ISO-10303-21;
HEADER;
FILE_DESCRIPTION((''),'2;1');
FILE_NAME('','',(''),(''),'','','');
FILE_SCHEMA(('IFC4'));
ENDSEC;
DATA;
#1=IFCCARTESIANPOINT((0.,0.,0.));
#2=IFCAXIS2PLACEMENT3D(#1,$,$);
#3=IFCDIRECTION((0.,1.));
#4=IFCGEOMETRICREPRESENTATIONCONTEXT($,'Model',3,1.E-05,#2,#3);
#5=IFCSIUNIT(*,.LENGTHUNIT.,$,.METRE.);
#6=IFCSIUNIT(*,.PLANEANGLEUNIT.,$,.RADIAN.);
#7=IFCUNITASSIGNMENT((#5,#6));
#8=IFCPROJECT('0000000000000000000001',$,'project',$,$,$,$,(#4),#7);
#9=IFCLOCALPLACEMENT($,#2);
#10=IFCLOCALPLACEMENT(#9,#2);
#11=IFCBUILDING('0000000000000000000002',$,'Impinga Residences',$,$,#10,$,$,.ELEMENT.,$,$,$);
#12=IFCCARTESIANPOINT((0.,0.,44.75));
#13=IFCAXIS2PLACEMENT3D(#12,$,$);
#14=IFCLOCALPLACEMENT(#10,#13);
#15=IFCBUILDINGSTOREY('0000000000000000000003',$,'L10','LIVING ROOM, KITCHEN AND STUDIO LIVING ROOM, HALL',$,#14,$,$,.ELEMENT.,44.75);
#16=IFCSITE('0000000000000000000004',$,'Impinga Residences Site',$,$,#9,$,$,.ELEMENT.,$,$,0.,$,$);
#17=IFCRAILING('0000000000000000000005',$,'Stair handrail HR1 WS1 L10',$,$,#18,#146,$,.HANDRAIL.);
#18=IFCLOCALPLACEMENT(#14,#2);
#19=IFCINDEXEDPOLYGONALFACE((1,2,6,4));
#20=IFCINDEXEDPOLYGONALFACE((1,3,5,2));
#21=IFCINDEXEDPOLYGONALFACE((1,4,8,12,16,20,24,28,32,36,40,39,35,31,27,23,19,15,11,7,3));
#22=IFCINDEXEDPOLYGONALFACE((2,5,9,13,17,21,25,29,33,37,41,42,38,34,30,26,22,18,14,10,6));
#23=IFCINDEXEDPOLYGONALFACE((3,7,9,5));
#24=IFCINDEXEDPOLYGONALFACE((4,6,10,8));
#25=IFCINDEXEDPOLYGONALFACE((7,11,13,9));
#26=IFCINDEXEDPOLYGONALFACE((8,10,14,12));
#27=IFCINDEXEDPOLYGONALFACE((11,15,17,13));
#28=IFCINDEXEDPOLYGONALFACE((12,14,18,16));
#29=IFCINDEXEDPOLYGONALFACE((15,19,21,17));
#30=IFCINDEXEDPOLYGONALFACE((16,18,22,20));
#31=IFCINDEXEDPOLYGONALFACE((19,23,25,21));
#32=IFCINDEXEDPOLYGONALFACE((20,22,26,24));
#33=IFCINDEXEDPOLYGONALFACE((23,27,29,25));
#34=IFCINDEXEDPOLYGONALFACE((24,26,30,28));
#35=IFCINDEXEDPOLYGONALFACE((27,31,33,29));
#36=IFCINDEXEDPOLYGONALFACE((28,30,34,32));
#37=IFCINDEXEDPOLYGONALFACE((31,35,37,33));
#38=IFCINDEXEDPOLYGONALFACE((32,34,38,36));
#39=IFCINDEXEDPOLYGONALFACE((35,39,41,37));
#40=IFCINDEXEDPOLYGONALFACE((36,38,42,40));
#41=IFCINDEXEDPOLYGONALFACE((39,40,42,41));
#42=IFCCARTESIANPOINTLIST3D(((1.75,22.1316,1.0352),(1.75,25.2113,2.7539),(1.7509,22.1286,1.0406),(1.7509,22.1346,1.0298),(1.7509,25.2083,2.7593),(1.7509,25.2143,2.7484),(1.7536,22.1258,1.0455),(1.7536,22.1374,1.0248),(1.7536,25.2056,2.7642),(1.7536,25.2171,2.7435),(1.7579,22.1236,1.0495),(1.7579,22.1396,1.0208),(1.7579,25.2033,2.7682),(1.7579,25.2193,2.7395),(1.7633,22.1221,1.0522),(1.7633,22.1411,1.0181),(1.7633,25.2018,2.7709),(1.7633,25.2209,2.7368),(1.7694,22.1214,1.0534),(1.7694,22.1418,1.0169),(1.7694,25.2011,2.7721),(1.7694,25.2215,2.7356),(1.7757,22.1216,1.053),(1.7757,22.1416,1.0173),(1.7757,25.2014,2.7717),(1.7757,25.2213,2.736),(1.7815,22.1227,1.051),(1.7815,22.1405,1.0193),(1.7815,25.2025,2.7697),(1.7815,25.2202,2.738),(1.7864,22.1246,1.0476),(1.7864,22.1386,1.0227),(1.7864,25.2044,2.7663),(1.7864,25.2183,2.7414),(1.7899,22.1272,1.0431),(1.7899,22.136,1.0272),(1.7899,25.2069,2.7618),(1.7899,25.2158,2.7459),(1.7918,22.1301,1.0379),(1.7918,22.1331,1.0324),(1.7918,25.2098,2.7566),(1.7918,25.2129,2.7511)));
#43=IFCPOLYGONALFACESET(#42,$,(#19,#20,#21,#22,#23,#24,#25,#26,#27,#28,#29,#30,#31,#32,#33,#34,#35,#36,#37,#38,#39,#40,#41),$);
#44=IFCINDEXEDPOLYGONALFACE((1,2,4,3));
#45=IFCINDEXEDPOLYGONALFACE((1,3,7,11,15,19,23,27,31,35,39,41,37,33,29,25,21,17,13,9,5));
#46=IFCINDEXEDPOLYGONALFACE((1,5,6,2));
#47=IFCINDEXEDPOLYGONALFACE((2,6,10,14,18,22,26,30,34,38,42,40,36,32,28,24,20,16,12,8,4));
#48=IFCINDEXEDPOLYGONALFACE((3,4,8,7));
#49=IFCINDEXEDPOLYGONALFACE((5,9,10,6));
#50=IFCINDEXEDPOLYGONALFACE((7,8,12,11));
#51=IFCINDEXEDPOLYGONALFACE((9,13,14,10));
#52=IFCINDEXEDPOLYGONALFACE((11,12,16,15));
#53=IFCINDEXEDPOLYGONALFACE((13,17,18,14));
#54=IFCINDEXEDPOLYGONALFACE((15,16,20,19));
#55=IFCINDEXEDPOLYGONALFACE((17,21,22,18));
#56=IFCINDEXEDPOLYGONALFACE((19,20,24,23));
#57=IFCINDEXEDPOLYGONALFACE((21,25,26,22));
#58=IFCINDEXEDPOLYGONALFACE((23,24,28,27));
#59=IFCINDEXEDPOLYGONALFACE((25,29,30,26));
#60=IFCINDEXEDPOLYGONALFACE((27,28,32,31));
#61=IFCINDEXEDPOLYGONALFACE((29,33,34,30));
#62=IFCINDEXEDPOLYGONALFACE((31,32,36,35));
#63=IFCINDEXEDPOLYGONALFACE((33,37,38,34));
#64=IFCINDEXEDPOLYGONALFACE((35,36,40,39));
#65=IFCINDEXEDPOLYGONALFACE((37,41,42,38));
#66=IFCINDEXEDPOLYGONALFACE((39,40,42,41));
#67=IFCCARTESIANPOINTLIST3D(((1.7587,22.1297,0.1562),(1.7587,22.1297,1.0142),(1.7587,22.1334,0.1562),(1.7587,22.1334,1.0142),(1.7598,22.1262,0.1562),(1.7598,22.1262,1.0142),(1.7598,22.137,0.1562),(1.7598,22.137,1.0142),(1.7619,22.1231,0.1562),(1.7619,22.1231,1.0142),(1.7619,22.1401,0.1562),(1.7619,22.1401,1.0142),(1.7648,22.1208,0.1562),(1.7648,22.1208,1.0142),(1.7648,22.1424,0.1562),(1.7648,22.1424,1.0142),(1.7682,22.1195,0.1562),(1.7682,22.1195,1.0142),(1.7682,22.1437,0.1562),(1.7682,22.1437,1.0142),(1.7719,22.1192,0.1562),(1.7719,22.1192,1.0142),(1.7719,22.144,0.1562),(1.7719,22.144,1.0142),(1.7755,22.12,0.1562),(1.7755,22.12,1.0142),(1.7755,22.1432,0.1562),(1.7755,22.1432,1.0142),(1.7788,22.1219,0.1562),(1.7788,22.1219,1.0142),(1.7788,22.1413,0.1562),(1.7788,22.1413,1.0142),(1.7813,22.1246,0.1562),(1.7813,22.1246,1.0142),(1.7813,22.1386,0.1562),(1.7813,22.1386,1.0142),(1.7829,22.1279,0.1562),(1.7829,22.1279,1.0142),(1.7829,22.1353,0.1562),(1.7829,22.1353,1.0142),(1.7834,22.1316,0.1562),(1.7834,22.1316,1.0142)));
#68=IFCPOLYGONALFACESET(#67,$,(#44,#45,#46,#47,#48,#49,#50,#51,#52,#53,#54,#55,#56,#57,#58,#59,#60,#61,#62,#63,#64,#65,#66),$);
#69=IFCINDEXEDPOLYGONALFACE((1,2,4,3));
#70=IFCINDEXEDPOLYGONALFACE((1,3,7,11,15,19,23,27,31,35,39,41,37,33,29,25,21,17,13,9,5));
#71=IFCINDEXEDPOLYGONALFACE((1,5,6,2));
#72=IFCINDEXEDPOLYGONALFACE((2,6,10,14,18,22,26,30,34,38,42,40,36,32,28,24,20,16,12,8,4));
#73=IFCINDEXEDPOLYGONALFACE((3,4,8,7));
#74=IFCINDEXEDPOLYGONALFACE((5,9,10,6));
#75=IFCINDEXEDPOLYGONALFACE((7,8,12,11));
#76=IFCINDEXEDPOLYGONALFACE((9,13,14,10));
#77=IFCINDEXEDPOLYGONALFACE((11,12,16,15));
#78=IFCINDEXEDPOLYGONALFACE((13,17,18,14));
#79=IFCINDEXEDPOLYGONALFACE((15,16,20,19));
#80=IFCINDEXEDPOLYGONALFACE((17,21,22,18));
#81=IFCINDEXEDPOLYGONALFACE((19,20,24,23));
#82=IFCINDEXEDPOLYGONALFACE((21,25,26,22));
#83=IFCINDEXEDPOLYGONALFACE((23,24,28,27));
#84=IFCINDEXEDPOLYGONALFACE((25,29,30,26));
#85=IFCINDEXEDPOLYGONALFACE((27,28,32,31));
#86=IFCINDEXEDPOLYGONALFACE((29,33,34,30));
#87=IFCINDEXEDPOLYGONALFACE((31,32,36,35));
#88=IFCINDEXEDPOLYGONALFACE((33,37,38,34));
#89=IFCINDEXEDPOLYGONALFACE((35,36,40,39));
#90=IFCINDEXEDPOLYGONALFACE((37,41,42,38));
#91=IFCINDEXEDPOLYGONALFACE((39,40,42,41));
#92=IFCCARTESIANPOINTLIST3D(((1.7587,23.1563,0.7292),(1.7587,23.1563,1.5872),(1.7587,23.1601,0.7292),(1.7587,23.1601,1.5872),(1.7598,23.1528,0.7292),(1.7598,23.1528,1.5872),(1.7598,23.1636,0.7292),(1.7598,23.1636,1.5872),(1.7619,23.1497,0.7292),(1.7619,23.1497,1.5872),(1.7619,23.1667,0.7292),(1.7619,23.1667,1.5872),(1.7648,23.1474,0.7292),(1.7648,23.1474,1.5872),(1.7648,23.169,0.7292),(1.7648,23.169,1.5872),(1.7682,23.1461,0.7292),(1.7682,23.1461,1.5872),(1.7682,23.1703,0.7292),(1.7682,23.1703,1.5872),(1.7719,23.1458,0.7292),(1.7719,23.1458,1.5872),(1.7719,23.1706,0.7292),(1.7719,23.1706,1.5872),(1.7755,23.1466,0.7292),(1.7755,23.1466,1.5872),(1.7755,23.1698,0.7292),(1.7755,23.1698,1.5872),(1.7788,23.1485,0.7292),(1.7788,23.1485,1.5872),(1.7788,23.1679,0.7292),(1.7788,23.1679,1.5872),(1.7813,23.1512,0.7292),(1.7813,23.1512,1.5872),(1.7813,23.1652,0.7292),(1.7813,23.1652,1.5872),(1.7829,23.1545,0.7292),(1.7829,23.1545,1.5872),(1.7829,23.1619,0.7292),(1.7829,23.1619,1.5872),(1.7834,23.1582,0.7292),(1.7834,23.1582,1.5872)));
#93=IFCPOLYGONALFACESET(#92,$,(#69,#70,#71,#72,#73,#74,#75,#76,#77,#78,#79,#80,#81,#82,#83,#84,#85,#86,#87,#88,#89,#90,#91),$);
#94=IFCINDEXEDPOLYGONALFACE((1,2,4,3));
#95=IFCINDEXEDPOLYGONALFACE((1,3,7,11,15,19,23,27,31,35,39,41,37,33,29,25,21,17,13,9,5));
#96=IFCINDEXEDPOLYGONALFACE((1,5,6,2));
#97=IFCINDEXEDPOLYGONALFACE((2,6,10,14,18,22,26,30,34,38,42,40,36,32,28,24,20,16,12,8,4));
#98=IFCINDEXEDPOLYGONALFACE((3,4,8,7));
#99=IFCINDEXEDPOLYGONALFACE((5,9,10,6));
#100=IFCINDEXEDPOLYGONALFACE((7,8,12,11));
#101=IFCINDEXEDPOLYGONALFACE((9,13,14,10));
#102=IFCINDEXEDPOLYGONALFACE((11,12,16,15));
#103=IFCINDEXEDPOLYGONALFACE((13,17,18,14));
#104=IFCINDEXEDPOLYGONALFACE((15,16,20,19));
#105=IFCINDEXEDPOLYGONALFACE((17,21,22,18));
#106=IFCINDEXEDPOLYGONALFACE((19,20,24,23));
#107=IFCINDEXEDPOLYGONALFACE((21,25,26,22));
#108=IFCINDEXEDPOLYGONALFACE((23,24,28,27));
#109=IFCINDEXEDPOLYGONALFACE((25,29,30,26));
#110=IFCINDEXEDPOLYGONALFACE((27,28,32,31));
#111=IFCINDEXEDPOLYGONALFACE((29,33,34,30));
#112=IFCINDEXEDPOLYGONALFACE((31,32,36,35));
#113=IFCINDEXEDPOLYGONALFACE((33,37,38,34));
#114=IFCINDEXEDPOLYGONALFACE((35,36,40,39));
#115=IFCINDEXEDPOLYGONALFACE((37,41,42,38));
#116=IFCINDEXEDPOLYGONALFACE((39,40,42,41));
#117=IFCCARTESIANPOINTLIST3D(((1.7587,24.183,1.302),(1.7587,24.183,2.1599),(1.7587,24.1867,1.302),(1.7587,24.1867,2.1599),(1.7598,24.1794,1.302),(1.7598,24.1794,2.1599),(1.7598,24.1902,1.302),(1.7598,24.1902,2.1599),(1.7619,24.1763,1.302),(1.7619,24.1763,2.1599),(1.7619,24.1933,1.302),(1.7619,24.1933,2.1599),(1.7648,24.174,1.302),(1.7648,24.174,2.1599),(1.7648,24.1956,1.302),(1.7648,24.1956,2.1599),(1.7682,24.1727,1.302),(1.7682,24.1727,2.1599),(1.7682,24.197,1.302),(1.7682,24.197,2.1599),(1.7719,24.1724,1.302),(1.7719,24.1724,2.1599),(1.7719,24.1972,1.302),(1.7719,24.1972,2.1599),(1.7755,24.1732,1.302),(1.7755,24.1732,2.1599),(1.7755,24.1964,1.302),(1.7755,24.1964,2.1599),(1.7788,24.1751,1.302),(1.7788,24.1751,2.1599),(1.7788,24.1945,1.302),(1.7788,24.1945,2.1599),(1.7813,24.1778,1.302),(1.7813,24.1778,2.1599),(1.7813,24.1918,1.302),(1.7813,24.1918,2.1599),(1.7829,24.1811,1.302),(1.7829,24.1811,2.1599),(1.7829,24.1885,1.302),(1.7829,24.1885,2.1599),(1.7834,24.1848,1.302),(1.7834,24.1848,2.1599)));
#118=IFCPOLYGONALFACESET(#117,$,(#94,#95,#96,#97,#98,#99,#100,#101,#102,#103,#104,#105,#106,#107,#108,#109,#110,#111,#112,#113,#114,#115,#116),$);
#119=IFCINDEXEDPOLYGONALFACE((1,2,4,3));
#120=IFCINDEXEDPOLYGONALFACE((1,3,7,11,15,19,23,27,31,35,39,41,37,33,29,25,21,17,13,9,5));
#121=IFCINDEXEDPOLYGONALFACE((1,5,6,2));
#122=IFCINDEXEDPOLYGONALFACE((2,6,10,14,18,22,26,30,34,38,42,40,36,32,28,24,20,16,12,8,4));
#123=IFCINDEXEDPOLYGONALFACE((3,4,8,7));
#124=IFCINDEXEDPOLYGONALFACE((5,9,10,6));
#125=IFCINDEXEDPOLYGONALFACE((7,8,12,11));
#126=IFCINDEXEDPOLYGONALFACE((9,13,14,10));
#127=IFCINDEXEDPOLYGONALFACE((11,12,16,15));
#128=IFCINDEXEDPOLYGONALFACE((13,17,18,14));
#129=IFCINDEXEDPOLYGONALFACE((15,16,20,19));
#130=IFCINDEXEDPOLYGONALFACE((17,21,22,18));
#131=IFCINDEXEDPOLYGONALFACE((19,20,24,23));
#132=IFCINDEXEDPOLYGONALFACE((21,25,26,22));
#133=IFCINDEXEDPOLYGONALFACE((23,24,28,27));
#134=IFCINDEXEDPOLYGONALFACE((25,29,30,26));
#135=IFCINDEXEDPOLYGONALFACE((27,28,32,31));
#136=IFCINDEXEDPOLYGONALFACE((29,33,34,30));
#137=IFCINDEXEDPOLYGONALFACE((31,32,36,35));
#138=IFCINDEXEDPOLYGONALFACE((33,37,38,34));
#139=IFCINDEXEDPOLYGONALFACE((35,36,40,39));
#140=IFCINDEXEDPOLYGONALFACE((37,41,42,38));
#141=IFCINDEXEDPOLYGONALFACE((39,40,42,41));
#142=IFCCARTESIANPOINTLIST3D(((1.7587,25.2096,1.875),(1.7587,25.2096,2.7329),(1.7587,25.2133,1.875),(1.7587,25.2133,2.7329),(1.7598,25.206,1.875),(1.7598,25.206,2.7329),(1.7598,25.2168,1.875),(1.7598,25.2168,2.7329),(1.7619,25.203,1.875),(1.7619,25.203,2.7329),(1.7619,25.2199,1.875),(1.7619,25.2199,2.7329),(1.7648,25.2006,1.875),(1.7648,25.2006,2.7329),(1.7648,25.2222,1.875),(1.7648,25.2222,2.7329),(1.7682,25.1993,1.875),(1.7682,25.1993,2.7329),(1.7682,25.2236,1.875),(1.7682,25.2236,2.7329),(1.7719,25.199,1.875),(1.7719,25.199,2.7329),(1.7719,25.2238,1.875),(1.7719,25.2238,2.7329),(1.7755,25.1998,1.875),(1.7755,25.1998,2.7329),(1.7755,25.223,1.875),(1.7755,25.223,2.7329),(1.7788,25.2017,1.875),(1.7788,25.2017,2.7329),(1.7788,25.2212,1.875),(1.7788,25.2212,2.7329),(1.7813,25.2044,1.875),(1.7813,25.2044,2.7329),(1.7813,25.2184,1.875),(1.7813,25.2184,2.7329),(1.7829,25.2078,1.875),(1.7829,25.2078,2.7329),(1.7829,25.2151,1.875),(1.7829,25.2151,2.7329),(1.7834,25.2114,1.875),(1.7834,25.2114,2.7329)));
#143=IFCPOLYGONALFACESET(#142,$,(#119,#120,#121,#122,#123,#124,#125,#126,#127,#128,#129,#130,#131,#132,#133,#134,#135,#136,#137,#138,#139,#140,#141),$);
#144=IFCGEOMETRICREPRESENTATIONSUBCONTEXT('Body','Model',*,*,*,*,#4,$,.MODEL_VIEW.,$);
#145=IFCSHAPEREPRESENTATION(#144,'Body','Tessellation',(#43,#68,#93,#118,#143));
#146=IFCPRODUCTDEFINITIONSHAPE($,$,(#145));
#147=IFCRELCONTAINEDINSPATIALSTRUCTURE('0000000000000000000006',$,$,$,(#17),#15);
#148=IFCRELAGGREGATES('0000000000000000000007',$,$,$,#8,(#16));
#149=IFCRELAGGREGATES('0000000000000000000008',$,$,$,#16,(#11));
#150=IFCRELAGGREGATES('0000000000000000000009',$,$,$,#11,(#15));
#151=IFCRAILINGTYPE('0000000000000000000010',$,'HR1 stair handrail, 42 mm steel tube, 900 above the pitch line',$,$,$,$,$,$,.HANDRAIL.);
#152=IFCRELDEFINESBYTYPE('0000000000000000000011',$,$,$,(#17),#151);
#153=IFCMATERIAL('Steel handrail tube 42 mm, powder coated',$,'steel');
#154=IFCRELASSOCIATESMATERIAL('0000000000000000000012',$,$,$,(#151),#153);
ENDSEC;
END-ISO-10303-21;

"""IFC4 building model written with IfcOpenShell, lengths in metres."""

from ifc_helpers import new_model, si_unit, direction, frame, origin, origin_2d, place, context, subcontext, project, spatial, circle, extrude, material, type_object, element, save


model = new_model("IFC4")

# Units and contexts
model_context = context("Model", 3, precision=1e-05, world=origin(), true_north=direction((0.0, 1.0)))
body_context = subcontext(model_context, "Body", "Model", "MODEL_VIEW")
ifc_project = project(units=[si_unit("LENGTHUNIT", "METRE"), si_unit("PLANEANGLEUNIT", "RADIAN")], contexts=[model_context])

# Site, building, storey
site_placement = place(None, origin())
site = spatial("IfcSite", under=ifc_project, at=site_placement, Name="Impinga Residences Site", CompositionType="ELEMENT", RefElevation=0.0)
building_placement = place(site_placement, origin())
building = spatial("IfcBuilding", under=site, at=building_placement, Name="Impinga Residences", CompositionType="ELEMENT")
storey_placement = place(building_placement, frame((0.0, 0.0, 44.75)))
storey = spatial("IfcBuildingStorey", under=building, at=storey_placement, Name="L10", Description="LIVING ROOM, KITCHEN AND STUDIO LIVING ROOM, HALL", CompositionType="ELEMENT", Elevation=44.75)

# Railing
ifc_material_1 = material(Name="Steel handrail tube 42 mm, powder coated", Category="steel")
railing_type = type_object("IfcRailingType", Name="HR1 stair handrail, 42 mm steel tube, 900 above the pitch line", PredefinedType="HANDRAIL", material=ifc_material_1)
railing_placement = place(storey_placement, frame((1.771, 22.1316, 0.1562)))
element("IfcRailing", 1, at=railing_placement, inside=storey, type_object=railing_type, Name="Stair handrail HR1 WS1 L10", PredefinedType="HANDRAIL", context=body_context, shape_type="SweptSolid", body=[
    extrude(circle(Radius=0.021, at=origin_2d()), frame((0.0, 0.0, 0.8789), z_axis=(0.0, 0.873225, 0.487317), x_axis=(-1.0, 0.0, 0.0)), (0.0, 0.0, 1.0), 3.5269),
    extrude(circle(Radius=0.0125, at=origin_2d()), origin(), (0.0, 0.0, 1.0), 0.8579),
    extrude(circle(Radius=0.0125, at=origin_2d()), frame((0.0, 1.0266, 0.573)), (0.0, 0.0, 1.0), 0.8579),
    extrude(circle(Radius=0.0125, at=origin_2d()), frame((0.0, 2.0532, 1.1458)), (0.0, 0.0, 1.0), 0.8579),
    extrude(circle(Radius=0.0125, at=origin_2d()), frame((0.0, 3.0798, 1.7188)), (0.0, 0.0, 1.0), 0.8579),
])

save(model, "model.ifc")
